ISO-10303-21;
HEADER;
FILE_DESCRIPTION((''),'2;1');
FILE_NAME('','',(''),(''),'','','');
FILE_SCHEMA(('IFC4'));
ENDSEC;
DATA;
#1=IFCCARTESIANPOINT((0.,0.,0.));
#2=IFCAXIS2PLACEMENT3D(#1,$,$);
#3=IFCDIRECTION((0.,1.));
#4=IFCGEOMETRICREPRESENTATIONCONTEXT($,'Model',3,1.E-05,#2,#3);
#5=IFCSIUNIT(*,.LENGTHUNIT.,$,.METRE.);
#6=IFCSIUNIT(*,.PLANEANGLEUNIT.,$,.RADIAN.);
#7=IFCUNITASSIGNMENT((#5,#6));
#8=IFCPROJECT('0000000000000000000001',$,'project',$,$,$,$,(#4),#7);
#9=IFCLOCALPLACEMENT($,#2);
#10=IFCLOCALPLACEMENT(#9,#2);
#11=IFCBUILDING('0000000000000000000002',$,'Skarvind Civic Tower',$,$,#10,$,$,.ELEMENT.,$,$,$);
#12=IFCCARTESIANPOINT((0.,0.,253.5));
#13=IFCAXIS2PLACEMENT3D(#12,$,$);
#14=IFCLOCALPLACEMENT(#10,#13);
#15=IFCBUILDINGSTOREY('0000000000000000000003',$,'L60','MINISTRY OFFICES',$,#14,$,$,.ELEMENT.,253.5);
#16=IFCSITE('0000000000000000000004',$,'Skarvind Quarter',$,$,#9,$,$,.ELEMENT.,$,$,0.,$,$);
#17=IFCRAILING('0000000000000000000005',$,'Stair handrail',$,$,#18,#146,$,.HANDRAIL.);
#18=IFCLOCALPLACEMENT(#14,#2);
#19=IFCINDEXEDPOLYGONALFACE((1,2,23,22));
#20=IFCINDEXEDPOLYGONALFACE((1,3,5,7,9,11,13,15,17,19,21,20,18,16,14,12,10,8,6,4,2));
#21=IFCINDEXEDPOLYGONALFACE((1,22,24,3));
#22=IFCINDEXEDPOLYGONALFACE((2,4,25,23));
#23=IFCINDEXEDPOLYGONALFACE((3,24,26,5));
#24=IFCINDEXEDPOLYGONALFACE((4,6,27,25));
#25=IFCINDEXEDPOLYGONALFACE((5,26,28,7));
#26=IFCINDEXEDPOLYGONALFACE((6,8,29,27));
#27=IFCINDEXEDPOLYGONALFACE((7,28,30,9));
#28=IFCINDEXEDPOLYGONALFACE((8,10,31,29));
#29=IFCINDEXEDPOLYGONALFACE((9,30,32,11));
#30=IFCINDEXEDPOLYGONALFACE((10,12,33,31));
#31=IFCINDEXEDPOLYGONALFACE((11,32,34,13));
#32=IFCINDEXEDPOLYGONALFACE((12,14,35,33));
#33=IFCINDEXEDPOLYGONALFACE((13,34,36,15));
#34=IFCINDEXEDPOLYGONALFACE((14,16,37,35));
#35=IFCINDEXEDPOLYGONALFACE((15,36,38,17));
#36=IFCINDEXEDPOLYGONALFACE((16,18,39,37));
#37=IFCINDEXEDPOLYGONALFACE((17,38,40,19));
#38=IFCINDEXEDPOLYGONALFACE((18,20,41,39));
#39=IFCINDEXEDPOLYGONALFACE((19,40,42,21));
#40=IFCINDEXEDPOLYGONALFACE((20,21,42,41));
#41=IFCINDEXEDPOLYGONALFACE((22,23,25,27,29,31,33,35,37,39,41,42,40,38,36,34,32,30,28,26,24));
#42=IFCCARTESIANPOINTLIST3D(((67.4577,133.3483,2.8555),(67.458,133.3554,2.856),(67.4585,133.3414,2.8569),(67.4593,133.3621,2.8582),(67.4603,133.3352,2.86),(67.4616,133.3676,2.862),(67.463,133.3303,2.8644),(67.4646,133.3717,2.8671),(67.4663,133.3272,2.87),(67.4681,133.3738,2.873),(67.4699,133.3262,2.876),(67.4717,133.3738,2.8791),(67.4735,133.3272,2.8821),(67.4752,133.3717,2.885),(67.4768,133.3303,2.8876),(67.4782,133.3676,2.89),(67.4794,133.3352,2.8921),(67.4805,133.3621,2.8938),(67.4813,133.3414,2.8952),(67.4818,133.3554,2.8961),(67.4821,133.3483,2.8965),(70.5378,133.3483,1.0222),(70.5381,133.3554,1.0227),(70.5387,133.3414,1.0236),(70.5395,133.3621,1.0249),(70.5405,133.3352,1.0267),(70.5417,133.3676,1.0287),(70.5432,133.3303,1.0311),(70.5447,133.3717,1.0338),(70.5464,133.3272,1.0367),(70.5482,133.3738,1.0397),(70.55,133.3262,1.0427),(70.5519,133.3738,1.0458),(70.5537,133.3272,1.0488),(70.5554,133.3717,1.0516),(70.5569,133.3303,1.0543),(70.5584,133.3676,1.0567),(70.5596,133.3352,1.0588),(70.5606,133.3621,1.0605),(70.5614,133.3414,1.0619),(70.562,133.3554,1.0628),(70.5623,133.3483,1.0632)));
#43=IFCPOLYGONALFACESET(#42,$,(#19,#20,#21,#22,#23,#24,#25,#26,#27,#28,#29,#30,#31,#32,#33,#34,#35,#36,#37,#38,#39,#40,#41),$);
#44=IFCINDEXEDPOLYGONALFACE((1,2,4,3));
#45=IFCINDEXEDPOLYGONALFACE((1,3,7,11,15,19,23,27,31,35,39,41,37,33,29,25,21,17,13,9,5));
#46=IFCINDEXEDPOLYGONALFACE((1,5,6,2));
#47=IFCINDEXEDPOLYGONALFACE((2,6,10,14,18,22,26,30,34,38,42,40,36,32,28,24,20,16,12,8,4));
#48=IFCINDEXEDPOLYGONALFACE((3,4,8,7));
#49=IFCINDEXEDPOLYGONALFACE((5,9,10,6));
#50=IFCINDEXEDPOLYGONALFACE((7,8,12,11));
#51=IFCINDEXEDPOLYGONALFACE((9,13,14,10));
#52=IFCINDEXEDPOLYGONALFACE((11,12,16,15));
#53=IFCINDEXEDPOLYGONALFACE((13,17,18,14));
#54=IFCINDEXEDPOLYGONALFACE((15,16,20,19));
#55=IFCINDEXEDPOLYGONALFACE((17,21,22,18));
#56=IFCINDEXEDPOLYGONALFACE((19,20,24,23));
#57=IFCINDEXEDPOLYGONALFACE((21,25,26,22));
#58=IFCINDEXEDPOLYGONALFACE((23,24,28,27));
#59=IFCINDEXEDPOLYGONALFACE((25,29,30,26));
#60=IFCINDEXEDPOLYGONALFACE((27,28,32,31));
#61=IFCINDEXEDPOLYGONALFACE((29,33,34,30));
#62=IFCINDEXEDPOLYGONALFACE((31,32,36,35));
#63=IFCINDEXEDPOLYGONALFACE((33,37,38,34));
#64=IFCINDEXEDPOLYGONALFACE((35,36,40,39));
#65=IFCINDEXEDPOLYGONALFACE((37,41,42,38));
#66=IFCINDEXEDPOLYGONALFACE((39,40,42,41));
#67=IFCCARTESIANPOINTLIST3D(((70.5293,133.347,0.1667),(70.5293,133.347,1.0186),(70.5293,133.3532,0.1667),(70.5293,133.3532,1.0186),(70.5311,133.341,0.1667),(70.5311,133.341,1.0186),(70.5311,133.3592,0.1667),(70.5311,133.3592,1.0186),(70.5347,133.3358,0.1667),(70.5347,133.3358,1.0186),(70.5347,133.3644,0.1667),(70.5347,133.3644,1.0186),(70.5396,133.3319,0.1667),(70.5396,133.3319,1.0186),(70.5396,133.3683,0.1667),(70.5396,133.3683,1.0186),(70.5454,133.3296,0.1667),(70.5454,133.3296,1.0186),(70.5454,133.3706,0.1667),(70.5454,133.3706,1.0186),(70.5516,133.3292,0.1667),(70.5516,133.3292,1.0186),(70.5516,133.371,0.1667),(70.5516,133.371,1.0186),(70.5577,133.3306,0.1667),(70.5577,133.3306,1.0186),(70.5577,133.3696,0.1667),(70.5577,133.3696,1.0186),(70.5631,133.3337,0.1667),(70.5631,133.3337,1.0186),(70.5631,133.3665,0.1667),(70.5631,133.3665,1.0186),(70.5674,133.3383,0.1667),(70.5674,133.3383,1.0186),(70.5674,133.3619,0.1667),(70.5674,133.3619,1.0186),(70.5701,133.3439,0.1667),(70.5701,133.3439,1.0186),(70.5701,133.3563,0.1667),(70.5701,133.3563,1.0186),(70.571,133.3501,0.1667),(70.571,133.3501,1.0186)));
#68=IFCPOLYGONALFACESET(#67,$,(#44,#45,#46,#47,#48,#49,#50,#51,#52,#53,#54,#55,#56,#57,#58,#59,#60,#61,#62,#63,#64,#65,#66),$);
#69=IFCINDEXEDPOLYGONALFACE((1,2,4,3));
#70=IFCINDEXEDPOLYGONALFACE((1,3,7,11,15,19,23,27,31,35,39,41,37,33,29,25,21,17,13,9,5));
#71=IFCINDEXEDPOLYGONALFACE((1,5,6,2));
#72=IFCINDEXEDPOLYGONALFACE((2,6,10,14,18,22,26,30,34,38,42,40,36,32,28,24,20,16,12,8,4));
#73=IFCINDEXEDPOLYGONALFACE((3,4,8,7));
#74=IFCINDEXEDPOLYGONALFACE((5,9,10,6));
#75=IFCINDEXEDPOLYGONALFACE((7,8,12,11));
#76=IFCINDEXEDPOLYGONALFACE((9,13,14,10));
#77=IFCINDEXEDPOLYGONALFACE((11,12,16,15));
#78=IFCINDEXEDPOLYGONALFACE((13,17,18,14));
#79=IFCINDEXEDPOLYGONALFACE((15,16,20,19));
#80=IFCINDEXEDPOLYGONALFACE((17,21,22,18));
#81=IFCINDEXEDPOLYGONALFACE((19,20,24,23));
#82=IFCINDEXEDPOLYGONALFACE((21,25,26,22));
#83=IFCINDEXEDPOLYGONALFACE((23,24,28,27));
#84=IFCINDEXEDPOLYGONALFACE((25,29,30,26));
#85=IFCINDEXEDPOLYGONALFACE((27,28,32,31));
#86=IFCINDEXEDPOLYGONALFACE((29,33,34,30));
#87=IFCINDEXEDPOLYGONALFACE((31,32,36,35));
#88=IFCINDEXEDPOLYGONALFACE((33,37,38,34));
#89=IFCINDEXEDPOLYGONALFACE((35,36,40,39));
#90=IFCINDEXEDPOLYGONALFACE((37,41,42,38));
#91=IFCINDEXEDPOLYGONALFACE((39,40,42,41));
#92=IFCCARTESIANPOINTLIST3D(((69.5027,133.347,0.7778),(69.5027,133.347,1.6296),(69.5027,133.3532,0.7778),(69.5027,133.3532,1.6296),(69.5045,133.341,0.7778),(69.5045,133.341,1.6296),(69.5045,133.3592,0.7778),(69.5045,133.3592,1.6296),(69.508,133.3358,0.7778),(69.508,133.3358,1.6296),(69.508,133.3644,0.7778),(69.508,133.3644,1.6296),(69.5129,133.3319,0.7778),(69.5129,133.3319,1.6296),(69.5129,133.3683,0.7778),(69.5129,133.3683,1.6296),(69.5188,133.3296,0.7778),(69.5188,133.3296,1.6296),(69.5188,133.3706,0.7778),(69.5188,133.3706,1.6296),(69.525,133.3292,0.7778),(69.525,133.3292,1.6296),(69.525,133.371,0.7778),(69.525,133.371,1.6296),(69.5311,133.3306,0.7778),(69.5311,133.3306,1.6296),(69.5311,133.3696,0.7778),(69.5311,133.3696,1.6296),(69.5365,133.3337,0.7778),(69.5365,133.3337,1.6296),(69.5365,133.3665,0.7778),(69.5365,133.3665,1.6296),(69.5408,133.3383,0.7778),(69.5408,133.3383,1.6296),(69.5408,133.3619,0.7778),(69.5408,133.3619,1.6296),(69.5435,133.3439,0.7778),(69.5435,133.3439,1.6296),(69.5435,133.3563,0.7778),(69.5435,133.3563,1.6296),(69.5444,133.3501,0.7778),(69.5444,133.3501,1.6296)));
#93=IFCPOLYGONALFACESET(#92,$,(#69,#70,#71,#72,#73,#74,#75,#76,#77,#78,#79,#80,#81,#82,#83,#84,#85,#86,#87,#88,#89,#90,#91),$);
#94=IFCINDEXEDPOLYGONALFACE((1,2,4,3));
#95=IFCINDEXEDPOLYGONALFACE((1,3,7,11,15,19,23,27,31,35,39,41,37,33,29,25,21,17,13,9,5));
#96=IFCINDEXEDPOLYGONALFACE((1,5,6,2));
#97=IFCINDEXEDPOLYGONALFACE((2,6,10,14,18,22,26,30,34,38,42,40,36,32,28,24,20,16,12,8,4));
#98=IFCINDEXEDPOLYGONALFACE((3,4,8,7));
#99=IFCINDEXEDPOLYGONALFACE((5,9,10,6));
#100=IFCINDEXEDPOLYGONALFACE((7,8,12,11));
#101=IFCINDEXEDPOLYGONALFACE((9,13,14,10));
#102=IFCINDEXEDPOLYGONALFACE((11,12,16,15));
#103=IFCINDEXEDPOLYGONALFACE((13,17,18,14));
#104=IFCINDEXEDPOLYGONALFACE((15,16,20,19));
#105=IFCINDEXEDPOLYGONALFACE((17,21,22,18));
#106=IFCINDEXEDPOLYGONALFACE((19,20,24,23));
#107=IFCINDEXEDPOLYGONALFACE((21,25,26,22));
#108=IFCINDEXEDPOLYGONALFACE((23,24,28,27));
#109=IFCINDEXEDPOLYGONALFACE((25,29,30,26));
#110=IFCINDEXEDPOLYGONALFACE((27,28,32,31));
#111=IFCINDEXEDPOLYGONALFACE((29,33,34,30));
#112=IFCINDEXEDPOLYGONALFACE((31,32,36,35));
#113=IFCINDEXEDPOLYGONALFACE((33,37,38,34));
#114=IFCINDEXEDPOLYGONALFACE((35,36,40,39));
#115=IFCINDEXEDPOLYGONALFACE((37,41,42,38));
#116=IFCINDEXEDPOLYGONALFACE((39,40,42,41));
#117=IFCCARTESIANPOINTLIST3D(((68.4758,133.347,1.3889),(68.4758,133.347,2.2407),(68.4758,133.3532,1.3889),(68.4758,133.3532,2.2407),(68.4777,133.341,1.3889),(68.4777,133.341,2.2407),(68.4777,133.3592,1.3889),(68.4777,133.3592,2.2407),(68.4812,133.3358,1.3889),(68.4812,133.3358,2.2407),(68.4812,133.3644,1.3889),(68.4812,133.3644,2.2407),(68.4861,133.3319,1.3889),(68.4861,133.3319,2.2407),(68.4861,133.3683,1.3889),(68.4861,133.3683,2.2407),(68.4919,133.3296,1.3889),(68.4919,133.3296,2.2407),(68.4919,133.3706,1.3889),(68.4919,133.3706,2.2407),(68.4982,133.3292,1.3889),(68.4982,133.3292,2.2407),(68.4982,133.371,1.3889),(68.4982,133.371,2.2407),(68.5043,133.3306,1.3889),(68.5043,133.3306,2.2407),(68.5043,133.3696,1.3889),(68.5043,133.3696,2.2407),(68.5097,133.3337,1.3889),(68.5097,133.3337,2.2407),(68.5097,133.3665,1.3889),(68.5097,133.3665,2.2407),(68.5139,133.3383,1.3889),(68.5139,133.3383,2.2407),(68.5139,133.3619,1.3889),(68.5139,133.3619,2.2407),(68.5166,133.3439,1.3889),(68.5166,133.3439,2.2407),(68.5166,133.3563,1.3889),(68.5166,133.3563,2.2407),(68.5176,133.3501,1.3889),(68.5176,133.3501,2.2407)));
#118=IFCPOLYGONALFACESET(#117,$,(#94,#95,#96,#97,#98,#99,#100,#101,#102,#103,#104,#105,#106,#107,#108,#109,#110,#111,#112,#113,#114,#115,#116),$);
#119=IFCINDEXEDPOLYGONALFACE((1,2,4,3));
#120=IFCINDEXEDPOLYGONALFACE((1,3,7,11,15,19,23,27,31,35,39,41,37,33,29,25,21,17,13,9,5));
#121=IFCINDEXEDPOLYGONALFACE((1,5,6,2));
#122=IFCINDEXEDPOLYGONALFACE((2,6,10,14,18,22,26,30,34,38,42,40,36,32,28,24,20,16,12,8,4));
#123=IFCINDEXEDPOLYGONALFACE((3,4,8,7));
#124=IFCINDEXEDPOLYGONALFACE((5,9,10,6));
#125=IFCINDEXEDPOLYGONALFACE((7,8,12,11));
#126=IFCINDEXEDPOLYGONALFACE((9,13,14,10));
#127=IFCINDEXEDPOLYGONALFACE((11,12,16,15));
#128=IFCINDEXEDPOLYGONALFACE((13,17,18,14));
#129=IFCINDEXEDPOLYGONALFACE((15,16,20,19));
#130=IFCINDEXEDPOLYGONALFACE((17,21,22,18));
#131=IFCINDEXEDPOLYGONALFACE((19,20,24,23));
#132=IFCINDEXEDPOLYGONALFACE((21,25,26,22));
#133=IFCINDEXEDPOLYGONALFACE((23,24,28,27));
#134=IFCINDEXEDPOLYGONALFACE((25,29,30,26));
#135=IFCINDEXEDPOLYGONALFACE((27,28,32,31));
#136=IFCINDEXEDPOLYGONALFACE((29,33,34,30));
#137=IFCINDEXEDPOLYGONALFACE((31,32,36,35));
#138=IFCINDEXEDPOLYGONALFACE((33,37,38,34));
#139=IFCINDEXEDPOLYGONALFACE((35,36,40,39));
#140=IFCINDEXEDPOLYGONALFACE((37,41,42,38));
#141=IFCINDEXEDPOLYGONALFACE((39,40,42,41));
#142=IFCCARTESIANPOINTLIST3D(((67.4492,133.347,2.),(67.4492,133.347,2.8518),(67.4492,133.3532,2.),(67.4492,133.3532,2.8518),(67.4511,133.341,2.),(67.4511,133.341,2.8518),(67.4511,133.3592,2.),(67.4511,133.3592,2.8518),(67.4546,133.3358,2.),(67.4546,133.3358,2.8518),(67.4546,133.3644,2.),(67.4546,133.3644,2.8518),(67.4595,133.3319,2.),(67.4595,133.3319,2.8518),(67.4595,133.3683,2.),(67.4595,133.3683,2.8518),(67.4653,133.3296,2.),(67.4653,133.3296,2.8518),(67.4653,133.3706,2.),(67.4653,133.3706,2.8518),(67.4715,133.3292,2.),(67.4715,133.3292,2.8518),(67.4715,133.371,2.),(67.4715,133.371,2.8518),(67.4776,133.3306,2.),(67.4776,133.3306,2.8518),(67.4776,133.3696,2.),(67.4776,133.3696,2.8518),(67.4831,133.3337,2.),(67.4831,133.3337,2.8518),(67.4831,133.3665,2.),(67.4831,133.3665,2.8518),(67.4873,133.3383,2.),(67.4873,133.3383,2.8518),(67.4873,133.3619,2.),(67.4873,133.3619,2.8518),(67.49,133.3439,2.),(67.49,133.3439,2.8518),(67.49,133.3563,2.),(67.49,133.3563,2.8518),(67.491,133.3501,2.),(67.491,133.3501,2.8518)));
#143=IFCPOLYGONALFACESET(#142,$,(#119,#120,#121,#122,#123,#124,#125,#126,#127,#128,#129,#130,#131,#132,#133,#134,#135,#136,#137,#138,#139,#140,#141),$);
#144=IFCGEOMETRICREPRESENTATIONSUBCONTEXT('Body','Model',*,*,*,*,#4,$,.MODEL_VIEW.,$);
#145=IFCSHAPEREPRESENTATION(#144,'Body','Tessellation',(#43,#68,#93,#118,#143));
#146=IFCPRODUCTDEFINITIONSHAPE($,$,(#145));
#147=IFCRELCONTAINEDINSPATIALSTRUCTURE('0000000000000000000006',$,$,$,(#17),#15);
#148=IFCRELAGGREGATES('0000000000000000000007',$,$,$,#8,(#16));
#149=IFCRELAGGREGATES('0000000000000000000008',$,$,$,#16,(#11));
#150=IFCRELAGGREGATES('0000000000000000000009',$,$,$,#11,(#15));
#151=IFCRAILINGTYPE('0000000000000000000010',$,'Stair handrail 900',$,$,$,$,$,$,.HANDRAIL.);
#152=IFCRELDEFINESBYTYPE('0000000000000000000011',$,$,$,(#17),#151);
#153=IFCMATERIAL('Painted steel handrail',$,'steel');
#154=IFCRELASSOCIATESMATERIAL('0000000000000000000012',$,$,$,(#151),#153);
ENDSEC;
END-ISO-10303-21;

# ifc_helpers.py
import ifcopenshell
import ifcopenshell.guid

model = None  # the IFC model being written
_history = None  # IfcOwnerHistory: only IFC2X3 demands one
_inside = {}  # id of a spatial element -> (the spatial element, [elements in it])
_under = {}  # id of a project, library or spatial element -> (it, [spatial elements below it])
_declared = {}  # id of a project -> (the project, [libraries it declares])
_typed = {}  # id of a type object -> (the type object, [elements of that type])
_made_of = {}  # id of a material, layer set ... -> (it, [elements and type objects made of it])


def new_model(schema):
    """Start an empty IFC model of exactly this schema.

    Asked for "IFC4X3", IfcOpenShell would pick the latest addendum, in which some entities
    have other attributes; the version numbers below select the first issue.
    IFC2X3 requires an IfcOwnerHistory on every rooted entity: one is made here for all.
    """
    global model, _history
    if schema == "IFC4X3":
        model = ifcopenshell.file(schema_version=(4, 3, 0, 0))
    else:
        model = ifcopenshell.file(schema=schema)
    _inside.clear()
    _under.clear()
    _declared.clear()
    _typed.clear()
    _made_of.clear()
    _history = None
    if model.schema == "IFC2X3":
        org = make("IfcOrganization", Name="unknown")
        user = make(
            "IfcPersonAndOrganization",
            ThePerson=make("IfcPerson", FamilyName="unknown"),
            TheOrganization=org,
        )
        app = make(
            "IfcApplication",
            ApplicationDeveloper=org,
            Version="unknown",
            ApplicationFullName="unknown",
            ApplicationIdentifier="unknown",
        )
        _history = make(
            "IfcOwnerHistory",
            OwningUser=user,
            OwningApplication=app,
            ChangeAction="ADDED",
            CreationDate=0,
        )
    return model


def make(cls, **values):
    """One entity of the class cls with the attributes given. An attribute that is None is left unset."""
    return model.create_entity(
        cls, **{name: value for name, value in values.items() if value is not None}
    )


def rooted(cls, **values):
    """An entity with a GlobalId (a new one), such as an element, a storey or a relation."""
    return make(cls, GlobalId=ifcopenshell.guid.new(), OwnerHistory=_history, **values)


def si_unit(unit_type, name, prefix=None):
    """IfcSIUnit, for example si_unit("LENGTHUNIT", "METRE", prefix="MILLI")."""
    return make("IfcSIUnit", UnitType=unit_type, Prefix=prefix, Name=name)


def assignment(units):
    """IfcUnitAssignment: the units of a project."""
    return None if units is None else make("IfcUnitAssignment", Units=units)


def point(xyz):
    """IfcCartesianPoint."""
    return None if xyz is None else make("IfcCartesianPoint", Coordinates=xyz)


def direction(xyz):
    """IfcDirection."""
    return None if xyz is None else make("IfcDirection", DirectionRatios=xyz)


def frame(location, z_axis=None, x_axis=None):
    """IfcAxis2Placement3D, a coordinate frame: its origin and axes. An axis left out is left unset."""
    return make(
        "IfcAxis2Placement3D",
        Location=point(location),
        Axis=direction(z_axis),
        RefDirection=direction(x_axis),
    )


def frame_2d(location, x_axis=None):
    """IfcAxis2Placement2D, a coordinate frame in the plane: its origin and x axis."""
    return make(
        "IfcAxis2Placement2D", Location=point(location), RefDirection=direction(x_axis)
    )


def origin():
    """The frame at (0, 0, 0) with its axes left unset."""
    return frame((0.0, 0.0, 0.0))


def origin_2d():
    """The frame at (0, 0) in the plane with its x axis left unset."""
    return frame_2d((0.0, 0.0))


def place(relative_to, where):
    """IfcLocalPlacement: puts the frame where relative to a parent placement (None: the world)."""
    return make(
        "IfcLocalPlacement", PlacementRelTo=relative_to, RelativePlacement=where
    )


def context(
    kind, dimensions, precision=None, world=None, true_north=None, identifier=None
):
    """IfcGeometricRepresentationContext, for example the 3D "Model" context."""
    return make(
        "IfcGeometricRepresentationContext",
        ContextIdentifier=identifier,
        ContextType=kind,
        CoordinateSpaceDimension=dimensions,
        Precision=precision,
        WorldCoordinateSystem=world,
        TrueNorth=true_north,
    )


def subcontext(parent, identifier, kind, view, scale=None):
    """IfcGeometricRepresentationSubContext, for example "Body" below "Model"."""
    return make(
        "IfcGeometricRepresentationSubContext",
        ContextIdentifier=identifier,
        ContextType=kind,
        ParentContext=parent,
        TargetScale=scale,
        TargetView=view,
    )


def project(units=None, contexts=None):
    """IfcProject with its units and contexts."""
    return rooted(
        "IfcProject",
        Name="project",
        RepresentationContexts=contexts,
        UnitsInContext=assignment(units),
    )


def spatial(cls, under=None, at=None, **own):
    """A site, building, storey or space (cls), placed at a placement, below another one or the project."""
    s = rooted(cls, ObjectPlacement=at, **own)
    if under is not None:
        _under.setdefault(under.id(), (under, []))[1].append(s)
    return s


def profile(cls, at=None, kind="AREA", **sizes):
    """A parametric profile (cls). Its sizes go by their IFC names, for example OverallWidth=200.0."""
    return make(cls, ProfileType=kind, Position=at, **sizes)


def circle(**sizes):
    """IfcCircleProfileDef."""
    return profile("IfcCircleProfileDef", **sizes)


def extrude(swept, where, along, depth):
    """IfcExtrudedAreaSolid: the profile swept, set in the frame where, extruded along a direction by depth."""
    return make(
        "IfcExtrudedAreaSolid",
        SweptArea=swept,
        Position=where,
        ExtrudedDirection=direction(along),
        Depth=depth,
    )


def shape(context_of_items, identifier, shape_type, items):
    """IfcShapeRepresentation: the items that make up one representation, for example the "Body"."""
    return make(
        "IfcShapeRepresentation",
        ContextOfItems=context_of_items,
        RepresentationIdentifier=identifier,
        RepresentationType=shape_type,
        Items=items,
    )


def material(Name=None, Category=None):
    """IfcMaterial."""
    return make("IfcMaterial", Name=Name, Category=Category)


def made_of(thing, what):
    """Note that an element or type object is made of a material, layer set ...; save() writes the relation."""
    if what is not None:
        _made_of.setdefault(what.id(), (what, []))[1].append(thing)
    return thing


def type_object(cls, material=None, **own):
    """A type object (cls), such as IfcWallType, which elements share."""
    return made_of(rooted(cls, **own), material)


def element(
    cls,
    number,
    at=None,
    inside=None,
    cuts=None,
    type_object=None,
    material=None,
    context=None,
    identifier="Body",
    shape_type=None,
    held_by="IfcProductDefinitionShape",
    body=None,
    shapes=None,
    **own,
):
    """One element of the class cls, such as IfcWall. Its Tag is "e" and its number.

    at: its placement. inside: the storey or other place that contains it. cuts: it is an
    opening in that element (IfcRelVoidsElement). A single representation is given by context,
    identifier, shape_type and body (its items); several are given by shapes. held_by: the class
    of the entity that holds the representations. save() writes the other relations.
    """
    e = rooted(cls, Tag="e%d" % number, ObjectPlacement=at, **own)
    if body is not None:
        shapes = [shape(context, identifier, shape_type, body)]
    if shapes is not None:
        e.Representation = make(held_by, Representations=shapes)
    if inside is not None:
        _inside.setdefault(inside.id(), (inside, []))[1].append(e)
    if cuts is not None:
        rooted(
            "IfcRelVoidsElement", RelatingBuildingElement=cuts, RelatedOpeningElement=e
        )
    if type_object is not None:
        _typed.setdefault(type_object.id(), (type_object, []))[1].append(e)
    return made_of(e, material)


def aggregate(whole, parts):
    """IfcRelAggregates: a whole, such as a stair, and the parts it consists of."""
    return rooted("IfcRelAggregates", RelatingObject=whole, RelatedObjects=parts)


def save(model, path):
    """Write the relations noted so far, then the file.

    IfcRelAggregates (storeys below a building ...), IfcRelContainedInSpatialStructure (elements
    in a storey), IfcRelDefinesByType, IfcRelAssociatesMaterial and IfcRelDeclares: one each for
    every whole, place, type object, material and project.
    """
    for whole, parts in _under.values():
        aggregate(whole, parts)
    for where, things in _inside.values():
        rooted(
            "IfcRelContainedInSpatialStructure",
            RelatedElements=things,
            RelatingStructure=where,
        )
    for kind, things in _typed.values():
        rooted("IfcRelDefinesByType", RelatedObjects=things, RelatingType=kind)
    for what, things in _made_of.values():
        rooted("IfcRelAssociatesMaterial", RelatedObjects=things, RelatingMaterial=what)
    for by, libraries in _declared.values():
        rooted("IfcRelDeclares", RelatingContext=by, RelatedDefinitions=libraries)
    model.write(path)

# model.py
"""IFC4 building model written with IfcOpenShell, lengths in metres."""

from ifc_helpers import new_model, si_unit, direction, frame, origin, origin_2d, place, context, subcontext, project, spatial, circle, extrude, material, type_object, element, save


model = new_model("IFC4")

# Units and contexts
model_context = context("Model", 3, precision=1e-05, world=origin(), true_north=direction((0.0, 1.0)))
body_context = subcontext(model_context, "Body", "Model", "MODEL_VIEW")
ifc_project = project(units=[si_unit("LENGTHUNIT", "METRE"), si_unit("PLANEANGLEUNIT", "RADIAN")], contexts=[model_context])

# Site, building, storey
site_placement = place(None, origin())
site = spatial("IfcSite", under=ifc_project, at=site_placement, Name="Skarvind Quarter", CompositionType="ELEMENT", RefElevation=0.0)
building_placement = place(site_placement, origin())
building = spatial("IfcBuilding", under=site, at=building_placement, Name="Skarvind Civic Tower", CompositionType="ELEMENT")
storey_placement = place(building_placement, frame((0.0, 0.0, 253.5)))
storey = spatial("IfcBuildingStorey", under=building, at=storey_placement, Name="L60", Description="MINISTRY OFFICES", CompositionType="ELEMENT", Elevation=253.5)

# Railing
ifc_material_1 = material(Name="Painted steel handrail", Category="steel")
railing_type_1 = type_object("IfcRailingType", Name="Stair handrail 900", PredefinedType="HANDRAIL", material=ifc_material_1)
railing_1_placement = place(storey_placement, frame((70.55, 133.3501, 0.1667)))
element("IfcRailing", 1, at=railing_1_placement, inside=storey, type_object=railing_type_1, Name="Stair handrail", PredefinedType="HANDRAIL", context=body_context, shape_type="SweptSolid", body=[
    extrude(circle(Radius=0.0239, at=origin_2d()), frame((0.0, 0.0, 0.876), z_axis=(-0.859309, 0.0, 0.511458), x_axis=(0.0, -1.0, 0.0)), (0.0, 0.0, 1.0), 3.5845),
    extrude(circle(Radius=0.021, at=origin_2d()), origin(), (0.0, 0.0, 1.0), 0.8518),
    extrude(circle(Radius=0.021, at=origin_2d()), frame((-1.0266, 0.0, 0.6111)), (0.0, 0.0, 1.0), 0.8518),
    extrude(circle(Radius=0.021, at=origin_2d()), frame((-2.0535, 0.0, 1.2222)), (0.0, 0.0, 1.0), 0.8518),
    extrude(circle(Radius=0.021, at=origin_2d()), frame((-3.0801, 0.0, 1.8333)), (0.0, 0.0, 1.0), 0.8518),
])

save(model, "model.ifc")
